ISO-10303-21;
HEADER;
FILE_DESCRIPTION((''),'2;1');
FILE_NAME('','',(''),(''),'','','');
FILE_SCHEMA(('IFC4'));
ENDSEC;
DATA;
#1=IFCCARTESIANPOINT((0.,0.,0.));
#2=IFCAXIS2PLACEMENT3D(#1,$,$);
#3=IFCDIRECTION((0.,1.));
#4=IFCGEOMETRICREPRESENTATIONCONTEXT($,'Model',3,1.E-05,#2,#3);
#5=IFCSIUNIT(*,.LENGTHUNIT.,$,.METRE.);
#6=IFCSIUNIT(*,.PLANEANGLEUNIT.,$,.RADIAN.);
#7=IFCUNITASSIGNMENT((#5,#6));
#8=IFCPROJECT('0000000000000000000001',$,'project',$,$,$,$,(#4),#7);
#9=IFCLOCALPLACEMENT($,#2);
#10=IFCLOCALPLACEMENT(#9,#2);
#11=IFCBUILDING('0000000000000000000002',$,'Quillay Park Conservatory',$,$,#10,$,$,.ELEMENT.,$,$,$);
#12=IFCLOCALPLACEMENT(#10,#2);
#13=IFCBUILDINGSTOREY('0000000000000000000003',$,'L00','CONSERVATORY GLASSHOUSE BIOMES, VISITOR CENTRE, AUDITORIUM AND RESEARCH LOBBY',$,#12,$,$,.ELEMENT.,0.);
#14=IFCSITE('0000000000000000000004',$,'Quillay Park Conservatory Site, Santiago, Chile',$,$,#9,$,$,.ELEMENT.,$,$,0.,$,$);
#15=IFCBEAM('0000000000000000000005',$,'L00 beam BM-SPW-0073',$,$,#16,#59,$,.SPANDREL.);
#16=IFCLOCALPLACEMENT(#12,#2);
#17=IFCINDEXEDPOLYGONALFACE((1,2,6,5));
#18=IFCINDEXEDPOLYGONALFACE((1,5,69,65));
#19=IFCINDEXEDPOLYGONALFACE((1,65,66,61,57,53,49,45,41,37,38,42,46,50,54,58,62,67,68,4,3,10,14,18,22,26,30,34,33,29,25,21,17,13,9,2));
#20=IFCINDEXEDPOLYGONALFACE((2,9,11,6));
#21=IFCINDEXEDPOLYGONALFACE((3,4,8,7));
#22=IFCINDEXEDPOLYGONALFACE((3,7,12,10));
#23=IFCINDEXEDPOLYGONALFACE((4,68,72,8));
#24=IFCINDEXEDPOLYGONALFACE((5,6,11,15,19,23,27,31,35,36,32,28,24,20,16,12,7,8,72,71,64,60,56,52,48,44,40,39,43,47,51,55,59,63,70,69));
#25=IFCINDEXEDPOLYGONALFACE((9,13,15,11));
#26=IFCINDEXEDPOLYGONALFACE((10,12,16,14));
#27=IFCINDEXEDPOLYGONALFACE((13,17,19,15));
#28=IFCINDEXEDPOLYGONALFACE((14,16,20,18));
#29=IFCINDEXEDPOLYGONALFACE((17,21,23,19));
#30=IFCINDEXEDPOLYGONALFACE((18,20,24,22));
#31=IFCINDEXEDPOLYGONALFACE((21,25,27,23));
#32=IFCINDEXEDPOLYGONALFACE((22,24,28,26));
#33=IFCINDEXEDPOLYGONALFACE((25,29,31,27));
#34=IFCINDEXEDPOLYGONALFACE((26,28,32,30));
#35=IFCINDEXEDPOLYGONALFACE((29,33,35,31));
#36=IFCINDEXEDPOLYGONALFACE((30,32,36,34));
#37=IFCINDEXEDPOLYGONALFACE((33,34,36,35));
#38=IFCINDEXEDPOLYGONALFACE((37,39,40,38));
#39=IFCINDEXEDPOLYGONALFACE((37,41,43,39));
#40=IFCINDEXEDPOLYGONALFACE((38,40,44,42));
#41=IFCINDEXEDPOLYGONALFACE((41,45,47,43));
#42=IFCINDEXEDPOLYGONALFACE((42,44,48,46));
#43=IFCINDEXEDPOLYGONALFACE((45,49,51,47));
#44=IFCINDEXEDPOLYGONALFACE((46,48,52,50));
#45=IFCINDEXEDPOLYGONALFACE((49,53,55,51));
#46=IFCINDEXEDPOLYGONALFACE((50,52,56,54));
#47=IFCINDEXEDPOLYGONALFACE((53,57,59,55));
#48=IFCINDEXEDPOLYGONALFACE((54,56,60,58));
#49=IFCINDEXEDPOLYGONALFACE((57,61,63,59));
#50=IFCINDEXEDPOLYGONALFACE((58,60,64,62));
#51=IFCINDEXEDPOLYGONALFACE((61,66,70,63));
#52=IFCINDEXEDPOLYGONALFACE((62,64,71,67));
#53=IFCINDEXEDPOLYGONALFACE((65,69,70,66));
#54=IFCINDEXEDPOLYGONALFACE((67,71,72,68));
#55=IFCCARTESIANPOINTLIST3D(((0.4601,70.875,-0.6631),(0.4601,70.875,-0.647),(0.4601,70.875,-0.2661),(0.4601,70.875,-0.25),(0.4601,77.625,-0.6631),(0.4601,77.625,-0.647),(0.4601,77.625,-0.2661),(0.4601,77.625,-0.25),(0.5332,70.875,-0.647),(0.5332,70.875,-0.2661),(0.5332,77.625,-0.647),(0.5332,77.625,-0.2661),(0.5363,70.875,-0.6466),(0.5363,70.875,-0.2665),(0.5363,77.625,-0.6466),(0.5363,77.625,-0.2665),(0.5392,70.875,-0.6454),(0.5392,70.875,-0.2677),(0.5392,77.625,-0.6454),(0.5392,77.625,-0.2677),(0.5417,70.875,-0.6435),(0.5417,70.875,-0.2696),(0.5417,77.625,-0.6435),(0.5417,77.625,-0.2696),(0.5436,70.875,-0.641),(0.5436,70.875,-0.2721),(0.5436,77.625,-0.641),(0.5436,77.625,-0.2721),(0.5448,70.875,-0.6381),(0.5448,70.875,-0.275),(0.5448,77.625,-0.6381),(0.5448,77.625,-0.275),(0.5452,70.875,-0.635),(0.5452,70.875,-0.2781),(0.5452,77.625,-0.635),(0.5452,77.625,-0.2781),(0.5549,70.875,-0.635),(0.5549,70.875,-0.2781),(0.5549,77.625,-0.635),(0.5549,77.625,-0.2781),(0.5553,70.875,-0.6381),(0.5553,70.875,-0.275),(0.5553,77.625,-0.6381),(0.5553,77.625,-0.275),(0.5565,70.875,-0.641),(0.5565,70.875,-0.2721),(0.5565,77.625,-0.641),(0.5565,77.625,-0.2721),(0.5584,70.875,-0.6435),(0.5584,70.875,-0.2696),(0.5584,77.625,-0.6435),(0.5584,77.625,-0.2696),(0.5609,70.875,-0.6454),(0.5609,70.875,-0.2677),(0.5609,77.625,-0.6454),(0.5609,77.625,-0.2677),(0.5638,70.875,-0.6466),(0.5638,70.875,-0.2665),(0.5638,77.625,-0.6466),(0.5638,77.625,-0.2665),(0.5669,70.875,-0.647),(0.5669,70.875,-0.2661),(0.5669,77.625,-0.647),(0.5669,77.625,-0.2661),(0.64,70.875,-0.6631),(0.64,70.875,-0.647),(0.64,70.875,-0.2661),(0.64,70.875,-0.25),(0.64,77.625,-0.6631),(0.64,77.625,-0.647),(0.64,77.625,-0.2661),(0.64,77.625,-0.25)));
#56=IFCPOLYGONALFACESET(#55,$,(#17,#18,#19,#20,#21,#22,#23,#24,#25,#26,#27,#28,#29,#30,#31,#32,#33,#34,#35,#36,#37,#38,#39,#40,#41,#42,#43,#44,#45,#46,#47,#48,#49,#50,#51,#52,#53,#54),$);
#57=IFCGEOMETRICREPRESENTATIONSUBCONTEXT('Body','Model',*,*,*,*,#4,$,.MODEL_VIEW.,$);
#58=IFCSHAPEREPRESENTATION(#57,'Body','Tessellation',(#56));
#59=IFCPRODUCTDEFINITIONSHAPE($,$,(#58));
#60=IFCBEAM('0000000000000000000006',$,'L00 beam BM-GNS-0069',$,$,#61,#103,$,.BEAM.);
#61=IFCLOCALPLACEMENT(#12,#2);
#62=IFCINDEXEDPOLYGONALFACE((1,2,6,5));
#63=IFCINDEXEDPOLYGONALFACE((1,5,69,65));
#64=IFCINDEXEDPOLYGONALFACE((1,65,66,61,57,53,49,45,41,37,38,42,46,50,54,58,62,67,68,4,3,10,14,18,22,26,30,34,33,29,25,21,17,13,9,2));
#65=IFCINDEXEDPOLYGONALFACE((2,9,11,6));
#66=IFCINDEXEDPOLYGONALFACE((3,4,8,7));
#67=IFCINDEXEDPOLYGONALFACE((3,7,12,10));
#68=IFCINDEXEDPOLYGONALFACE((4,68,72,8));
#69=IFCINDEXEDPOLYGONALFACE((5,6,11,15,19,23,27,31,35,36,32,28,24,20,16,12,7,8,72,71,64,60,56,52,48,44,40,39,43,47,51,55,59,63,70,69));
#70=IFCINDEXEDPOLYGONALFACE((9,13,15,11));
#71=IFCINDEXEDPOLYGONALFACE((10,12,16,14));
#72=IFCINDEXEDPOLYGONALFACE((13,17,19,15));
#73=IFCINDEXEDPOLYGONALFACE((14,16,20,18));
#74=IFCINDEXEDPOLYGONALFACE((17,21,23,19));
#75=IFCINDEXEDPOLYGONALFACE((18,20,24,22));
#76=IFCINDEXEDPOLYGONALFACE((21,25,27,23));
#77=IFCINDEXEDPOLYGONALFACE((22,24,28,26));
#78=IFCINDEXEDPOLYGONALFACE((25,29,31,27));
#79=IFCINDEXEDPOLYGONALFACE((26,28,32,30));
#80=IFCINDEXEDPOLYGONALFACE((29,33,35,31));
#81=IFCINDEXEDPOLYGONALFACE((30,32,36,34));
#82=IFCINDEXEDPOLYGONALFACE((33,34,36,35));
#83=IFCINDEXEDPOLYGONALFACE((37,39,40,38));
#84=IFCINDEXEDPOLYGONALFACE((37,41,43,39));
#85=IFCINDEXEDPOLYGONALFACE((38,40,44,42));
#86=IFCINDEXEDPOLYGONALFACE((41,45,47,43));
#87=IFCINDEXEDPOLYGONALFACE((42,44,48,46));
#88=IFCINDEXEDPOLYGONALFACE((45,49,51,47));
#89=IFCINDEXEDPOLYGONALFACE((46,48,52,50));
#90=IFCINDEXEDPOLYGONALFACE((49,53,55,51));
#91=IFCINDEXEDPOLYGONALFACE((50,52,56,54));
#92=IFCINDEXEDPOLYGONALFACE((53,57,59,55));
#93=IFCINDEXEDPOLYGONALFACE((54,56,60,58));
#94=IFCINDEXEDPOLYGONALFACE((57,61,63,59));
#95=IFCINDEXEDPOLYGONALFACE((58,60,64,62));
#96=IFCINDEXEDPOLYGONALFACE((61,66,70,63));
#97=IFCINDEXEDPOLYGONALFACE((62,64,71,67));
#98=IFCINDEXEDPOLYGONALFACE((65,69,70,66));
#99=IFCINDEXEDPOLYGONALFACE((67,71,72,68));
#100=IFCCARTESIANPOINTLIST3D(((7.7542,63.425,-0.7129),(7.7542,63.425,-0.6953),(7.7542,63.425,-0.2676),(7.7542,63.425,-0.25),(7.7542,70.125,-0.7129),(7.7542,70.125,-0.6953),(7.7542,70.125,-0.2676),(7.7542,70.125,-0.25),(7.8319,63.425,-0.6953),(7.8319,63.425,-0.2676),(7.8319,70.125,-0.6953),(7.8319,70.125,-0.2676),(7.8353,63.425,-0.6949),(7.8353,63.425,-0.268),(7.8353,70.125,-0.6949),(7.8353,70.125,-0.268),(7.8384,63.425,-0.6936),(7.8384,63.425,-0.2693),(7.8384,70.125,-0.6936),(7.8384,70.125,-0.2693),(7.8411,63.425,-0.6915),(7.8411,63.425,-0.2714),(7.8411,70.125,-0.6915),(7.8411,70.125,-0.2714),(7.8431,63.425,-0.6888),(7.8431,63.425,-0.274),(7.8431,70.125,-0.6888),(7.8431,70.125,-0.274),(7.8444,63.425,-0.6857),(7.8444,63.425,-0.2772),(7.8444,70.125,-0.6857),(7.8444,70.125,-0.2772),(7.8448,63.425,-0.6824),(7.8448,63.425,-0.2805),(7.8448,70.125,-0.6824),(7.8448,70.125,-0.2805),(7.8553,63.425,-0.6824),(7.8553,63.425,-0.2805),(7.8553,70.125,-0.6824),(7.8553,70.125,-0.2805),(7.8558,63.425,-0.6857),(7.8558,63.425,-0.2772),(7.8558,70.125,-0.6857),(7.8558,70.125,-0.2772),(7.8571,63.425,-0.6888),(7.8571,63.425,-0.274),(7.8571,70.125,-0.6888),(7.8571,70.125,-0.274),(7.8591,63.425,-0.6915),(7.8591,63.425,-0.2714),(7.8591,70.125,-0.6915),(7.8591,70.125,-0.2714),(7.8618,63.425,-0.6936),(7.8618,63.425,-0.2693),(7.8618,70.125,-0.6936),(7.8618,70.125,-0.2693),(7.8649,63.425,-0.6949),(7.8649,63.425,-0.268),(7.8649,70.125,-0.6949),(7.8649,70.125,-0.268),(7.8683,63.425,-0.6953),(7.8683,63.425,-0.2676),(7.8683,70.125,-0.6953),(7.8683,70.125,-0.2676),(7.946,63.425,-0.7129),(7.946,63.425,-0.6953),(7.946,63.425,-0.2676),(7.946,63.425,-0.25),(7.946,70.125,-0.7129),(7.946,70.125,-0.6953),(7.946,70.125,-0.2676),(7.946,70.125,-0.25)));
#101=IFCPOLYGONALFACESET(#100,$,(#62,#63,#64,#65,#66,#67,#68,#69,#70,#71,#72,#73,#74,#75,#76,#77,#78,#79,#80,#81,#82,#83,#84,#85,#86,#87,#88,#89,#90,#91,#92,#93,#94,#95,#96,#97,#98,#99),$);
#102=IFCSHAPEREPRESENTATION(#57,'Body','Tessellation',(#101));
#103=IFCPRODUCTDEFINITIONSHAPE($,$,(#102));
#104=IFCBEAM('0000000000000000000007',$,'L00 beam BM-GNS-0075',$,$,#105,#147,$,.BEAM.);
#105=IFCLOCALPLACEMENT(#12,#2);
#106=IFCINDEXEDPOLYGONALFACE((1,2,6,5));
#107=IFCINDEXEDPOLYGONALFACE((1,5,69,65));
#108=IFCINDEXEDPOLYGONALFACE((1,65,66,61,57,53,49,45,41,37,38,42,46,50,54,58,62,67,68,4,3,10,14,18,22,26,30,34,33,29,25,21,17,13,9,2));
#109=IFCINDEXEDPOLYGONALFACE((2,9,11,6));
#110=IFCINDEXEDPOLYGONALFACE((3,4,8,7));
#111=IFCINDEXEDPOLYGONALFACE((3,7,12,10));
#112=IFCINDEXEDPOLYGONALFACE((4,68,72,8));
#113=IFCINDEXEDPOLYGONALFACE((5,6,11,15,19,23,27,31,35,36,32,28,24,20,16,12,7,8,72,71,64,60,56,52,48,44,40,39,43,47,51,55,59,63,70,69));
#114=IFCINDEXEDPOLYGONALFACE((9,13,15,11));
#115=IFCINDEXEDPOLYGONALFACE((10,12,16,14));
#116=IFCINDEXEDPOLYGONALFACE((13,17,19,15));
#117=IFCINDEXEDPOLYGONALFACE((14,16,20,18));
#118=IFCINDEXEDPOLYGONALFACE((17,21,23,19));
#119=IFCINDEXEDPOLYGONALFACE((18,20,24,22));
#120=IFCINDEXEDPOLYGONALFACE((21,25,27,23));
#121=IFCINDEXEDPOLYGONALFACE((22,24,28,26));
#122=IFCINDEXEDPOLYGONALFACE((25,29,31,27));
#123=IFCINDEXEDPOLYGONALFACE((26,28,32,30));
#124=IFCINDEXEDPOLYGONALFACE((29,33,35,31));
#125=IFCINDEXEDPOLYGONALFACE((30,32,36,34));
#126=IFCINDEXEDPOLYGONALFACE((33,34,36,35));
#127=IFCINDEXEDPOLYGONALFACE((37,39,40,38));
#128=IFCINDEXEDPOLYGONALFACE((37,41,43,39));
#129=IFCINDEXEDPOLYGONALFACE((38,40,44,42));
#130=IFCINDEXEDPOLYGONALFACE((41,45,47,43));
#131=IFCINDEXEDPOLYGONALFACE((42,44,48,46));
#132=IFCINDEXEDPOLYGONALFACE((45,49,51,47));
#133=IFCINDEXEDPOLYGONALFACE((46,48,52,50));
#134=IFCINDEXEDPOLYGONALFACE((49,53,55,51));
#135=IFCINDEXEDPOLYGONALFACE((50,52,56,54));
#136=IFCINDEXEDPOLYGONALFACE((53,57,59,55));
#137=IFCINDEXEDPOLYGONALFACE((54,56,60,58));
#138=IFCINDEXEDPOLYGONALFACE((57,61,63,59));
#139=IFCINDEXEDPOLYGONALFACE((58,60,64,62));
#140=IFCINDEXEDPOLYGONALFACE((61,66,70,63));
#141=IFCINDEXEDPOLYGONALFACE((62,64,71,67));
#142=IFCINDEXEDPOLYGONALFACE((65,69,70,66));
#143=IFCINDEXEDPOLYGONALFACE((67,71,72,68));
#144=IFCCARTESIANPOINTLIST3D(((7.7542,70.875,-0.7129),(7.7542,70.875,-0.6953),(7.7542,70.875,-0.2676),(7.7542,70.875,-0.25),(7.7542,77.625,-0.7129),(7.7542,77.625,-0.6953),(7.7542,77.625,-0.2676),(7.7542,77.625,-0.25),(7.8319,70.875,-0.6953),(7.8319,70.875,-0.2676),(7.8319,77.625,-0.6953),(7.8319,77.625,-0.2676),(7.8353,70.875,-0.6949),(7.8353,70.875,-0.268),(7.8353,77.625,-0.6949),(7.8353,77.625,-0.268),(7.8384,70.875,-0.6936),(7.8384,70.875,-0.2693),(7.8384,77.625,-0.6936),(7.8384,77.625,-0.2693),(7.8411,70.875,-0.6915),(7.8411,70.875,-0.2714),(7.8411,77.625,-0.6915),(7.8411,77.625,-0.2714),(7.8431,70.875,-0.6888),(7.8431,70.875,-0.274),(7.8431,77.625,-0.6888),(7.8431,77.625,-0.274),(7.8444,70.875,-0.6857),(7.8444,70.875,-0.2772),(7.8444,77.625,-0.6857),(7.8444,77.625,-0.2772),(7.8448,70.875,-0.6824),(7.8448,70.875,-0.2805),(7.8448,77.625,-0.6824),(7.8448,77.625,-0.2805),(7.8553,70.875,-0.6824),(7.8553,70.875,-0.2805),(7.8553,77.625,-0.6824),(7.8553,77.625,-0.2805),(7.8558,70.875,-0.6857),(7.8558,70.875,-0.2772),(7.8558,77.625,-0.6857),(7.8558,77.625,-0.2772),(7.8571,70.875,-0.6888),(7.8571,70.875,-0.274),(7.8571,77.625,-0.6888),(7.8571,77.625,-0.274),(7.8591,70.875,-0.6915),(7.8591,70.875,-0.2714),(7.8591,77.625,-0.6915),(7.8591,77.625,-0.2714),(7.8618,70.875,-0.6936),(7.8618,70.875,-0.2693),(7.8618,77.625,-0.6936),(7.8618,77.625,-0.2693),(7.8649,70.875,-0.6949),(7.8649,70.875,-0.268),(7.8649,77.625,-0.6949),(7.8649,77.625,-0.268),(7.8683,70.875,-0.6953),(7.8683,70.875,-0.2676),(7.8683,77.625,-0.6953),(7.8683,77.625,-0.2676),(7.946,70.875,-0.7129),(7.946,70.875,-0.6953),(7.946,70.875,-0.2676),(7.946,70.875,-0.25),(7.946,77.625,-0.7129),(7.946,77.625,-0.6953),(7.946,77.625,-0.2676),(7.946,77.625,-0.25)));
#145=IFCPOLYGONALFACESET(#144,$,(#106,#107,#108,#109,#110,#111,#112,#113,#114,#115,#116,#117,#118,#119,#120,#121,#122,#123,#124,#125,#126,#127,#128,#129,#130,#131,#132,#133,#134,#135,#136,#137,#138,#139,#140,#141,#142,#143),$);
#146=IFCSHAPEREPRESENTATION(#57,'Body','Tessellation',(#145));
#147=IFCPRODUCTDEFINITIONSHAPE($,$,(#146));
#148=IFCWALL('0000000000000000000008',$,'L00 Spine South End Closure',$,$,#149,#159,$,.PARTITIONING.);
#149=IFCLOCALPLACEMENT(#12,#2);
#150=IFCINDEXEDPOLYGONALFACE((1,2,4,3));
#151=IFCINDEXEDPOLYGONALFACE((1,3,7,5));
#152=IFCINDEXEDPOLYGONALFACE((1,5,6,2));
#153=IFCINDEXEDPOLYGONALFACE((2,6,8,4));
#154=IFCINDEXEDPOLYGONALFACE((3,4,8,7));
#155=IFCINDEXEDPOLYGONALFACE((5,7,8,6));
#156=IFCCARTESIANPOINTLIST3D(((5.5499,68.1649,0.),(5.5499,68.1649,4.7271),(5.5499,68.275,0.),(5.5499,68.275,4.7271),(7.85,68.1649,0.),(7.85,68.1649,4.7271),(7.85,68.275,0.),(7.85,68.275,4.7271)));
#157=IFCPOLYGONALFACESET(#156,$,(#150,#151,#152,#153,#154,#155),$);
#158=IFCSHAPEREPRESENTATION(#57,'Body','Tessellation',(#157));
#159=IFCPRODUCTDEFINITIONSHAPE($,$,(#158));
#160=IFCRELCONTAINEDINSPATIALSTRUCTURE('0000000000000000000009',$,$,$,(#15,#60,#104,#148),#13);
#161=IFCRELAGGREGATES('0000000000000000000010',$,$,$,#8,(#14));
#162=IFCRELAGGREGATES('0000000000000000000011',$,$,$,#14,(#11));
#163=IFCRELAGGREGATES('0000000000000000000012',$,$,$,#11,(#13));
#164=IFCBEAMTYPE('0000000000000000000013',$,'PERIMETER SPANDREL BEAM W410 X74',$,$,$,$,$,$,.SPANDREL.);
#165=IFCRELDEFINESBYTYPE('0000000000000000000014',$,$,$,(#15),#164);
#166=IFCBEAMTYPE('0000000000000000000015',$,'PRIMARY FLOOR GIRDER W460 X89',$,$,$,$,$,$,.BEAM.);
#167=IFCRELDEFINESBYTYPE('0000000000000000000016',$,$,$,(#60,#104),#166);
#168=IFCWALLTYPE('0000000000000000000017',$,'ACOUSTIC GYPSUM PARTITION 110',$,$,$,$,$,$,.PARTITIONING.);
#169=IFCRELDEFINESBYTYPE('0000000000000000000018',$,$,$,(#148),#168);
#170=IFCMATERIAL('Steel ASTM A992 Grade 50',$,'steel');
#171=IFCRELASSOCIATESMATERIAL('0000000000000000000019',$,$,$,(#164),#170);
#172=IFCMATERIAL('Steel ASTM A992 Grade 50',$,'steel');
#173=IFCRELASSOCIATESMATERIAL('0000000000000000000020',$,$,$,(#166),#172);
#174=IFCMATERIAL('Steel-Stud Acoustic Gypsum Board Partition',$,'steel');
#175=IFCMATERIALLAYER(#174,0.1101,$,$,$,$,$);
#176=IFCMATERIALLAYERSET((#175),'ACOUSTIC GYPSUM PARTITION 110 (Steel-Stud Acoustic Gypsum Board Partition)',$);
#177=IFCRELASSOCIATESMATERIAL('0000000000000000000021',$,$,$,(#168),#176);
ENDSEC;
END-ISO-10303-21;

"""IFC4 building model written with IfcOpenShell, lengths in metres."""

from ifc_helpers import new_model, si_unit, direction, frame, frame_2d, origin, origin_2d, place, context, subcontext, project, spatial, rectangle, i_section, extrude, material, layer, layer_set, material_profile, profile_set, type_object, element, save


model = new_model("IFC4")

# Units and contexts
model_context = context("Model", 3, precision=1e-05, world=origin(), true_north=direction((0.0, 1.0)))
body_context = subcontext(model_context, "Body", "Model", "MODEL_VIEW")
ifc_project = project(units=[si_unit("LENGTHUNIT", "METRE"), si_unit("PLANEANGLEUNIT", "RADIAN")], contexts=[model_context])

# Site, building, storey
site_placement = place(None, origin())
site = spatial("IfcSite", under=ifc_project, at=site_placement, Name="Quillay Park Conservatory Site, Santiago, Chile", CompositionType="ELEMENT", RefElevation=0.0)
building_placement = place(site_placement, origin())
building = spatial("IfcBuilding", under=site, at=building_placement, Name="Quillay Park Conservatory", CompositionType="ELEMENT")
storey_placement = place(building_placement, origin())
storey = spatial("IfcBuildingStorey", under=building, at=storey_placement, Name="L00", Description="CONSERVATORY GLASSHOUSE BIOMES, VISITOR CENTRE, AUDITORIUM AND RESEARCH LOBBY", CompositionType="ELEMENT", Elevation=0.0)

# Beams
ifc_material_1 = material(Name="Steel ASTM A992 Grade 50", Category="steel")
ifc_material_profile_1 = material_profile(ifc_material_1, i_section(OverallWidth=0.1799, OverallDepth=0.4131, WebThickness=0.0098, FlangeThickness=0.0161, FilletRadius=0.012, at=origin_2d()), Name="W410x74")
ifc_profile_set_1 = profile_set([ifc_material_profile_1], Name="Steel ASTM A992 Grade 50")
beam_type_1 = type_object("IfcBeamType", Name="PERIMETER SPANDREL BEAM W410 X74", PredefinedType="SPANDREL", material=ifc_profile_set_1)
beam_1_placement = place(storey_placement, frame((0.55, 70.875, -0.4565), z_axis=(0.0, 1.0, 0.0), x_axis=(-1.0, 0.0, 0.0)))
element("IfcBeam", 1, at=beam_1_placement, inside=storey, type_object=beam_type_1, Name="L00 beam BM-SPW-0073", PredefinedType="SPANDREL", context=body_context, shape_type="SweptSolid", body=[
    extrude(i_section(OverallWidth=0.1799, OverallDepth=0.4131, WebThickness=0.0098, FlangeThickness=0.0161, FilletRadius=0.012, at=origin_2d()), origin(), (0.0, 0.0, 1.0), 6.75),
])
ifc_material_2 = material(Name="Steel ASTM A992 Grade 50", Category="steel")
ifc_material_profile_2 = material_profile(ifc_material_2, i_section(OverallWidth=0.1919, OverallDepth=0.4629, WebThickness=0.0105, FlangeThickness=0.0176, FilletRadius=0.0129, at=origin_2d()), Name="W460x89")
ifc_profile_set_2 = profile_set([ifc_material_profile_2], Name="Steel ASTM A992 Grade 50")
beam_type_2 = type_object("IfcBeamType", Name="PRIMARY FLOOR GIRDER W460 X89", PredefinedType="BEAM", material=ifc_profile_set_2)
beam_2_placement = place(storey_placement, frame((7.8501, 63.425, -0.4814), z_axis=(0.0, 1.0, 0.0), x_axis=(-1.0, 0.0, 0.0)))
element("IfcBeam", 2, at=beam_2_placement, inside=storey, type_object=beam_type_2, Name="L00 beam BM-GNS-0069", PredefinedType="BEAM", context=body_context, shape_type="SweptSolid", body=[
    extrude(i_section(OverallWidth=0.1919, OverallDepth=0.4629, WebThickness=0.0105, FlangeThickness=0.0176, FilletRadius=0.0129, at=origin_2d()), origin(), (0.0, 0.0, 1.0), 6.7),
])
beam_3_placement = place(storey_placement, frame((7.8501, 70.875, -0.4814), z_axis=(0.0, 1.0, 0.0), x_axis=(-1.0, 0.0, 0.0)))
element("IfcBeam", 3, at=beam_3_placement, inside=storey, type_object=beam_type_2, Name="L00 beam BM-GNS-0075", PredefinedType="BEAM", context=body_context, shape_type="SweptSolid", body=[
    extrude(i_section(OverallWidth=0.1919, OverallDepth=0.4629, WebThickness=0.0105, FlangeThickness=0.0176, FilletRadius=0.0129, at=origin_2d()), origin(), (0.0, 0.0, 1.0), 6.75),
])

# Wall
ifc_material_3 = material(Name="Steel-Stud Acoustic Gypsum Board Partition", Category="steel")
ifc_layer_1 = layer(ifc_material_3, 0.1101)
ifc_layer_set_1 = layer_set([ifc_layer_1], Name="ACOUSTIC GYPSUM PARTITION 110 (Steel-Stud Acoustic Gypsum Board Partition)")
wall_type_1 = type_object("IfcWallType", Name="ACOUSTIC GYPSUM PARTITION 110", PredefinedType="PARTITIONING", material=ifc_layer_set_1)
wall_1_placement = place(storey_placement, frame((5.55, 68.22, 0.0), z_axis=(0.0, 0.0, 1.0), x_axis=(1.0, 0.0, 0.0)))
element("IfcWall", 4, at=wall_1_placement, inside=storey, type_object=wall_type_1, Name="L00 Spine South End Closure", PredefinedType="PARTITIONING", context=body_context, shape_type="SweptSolid", body=[
    extrude(rectangle(XDim=2.3, YDim=0.1101, at=frame_2d((1.1499, 0.0))), origin(), (0.0, 0.0, 1.0), 4.7271),
])

save(model, "model.ifc")
